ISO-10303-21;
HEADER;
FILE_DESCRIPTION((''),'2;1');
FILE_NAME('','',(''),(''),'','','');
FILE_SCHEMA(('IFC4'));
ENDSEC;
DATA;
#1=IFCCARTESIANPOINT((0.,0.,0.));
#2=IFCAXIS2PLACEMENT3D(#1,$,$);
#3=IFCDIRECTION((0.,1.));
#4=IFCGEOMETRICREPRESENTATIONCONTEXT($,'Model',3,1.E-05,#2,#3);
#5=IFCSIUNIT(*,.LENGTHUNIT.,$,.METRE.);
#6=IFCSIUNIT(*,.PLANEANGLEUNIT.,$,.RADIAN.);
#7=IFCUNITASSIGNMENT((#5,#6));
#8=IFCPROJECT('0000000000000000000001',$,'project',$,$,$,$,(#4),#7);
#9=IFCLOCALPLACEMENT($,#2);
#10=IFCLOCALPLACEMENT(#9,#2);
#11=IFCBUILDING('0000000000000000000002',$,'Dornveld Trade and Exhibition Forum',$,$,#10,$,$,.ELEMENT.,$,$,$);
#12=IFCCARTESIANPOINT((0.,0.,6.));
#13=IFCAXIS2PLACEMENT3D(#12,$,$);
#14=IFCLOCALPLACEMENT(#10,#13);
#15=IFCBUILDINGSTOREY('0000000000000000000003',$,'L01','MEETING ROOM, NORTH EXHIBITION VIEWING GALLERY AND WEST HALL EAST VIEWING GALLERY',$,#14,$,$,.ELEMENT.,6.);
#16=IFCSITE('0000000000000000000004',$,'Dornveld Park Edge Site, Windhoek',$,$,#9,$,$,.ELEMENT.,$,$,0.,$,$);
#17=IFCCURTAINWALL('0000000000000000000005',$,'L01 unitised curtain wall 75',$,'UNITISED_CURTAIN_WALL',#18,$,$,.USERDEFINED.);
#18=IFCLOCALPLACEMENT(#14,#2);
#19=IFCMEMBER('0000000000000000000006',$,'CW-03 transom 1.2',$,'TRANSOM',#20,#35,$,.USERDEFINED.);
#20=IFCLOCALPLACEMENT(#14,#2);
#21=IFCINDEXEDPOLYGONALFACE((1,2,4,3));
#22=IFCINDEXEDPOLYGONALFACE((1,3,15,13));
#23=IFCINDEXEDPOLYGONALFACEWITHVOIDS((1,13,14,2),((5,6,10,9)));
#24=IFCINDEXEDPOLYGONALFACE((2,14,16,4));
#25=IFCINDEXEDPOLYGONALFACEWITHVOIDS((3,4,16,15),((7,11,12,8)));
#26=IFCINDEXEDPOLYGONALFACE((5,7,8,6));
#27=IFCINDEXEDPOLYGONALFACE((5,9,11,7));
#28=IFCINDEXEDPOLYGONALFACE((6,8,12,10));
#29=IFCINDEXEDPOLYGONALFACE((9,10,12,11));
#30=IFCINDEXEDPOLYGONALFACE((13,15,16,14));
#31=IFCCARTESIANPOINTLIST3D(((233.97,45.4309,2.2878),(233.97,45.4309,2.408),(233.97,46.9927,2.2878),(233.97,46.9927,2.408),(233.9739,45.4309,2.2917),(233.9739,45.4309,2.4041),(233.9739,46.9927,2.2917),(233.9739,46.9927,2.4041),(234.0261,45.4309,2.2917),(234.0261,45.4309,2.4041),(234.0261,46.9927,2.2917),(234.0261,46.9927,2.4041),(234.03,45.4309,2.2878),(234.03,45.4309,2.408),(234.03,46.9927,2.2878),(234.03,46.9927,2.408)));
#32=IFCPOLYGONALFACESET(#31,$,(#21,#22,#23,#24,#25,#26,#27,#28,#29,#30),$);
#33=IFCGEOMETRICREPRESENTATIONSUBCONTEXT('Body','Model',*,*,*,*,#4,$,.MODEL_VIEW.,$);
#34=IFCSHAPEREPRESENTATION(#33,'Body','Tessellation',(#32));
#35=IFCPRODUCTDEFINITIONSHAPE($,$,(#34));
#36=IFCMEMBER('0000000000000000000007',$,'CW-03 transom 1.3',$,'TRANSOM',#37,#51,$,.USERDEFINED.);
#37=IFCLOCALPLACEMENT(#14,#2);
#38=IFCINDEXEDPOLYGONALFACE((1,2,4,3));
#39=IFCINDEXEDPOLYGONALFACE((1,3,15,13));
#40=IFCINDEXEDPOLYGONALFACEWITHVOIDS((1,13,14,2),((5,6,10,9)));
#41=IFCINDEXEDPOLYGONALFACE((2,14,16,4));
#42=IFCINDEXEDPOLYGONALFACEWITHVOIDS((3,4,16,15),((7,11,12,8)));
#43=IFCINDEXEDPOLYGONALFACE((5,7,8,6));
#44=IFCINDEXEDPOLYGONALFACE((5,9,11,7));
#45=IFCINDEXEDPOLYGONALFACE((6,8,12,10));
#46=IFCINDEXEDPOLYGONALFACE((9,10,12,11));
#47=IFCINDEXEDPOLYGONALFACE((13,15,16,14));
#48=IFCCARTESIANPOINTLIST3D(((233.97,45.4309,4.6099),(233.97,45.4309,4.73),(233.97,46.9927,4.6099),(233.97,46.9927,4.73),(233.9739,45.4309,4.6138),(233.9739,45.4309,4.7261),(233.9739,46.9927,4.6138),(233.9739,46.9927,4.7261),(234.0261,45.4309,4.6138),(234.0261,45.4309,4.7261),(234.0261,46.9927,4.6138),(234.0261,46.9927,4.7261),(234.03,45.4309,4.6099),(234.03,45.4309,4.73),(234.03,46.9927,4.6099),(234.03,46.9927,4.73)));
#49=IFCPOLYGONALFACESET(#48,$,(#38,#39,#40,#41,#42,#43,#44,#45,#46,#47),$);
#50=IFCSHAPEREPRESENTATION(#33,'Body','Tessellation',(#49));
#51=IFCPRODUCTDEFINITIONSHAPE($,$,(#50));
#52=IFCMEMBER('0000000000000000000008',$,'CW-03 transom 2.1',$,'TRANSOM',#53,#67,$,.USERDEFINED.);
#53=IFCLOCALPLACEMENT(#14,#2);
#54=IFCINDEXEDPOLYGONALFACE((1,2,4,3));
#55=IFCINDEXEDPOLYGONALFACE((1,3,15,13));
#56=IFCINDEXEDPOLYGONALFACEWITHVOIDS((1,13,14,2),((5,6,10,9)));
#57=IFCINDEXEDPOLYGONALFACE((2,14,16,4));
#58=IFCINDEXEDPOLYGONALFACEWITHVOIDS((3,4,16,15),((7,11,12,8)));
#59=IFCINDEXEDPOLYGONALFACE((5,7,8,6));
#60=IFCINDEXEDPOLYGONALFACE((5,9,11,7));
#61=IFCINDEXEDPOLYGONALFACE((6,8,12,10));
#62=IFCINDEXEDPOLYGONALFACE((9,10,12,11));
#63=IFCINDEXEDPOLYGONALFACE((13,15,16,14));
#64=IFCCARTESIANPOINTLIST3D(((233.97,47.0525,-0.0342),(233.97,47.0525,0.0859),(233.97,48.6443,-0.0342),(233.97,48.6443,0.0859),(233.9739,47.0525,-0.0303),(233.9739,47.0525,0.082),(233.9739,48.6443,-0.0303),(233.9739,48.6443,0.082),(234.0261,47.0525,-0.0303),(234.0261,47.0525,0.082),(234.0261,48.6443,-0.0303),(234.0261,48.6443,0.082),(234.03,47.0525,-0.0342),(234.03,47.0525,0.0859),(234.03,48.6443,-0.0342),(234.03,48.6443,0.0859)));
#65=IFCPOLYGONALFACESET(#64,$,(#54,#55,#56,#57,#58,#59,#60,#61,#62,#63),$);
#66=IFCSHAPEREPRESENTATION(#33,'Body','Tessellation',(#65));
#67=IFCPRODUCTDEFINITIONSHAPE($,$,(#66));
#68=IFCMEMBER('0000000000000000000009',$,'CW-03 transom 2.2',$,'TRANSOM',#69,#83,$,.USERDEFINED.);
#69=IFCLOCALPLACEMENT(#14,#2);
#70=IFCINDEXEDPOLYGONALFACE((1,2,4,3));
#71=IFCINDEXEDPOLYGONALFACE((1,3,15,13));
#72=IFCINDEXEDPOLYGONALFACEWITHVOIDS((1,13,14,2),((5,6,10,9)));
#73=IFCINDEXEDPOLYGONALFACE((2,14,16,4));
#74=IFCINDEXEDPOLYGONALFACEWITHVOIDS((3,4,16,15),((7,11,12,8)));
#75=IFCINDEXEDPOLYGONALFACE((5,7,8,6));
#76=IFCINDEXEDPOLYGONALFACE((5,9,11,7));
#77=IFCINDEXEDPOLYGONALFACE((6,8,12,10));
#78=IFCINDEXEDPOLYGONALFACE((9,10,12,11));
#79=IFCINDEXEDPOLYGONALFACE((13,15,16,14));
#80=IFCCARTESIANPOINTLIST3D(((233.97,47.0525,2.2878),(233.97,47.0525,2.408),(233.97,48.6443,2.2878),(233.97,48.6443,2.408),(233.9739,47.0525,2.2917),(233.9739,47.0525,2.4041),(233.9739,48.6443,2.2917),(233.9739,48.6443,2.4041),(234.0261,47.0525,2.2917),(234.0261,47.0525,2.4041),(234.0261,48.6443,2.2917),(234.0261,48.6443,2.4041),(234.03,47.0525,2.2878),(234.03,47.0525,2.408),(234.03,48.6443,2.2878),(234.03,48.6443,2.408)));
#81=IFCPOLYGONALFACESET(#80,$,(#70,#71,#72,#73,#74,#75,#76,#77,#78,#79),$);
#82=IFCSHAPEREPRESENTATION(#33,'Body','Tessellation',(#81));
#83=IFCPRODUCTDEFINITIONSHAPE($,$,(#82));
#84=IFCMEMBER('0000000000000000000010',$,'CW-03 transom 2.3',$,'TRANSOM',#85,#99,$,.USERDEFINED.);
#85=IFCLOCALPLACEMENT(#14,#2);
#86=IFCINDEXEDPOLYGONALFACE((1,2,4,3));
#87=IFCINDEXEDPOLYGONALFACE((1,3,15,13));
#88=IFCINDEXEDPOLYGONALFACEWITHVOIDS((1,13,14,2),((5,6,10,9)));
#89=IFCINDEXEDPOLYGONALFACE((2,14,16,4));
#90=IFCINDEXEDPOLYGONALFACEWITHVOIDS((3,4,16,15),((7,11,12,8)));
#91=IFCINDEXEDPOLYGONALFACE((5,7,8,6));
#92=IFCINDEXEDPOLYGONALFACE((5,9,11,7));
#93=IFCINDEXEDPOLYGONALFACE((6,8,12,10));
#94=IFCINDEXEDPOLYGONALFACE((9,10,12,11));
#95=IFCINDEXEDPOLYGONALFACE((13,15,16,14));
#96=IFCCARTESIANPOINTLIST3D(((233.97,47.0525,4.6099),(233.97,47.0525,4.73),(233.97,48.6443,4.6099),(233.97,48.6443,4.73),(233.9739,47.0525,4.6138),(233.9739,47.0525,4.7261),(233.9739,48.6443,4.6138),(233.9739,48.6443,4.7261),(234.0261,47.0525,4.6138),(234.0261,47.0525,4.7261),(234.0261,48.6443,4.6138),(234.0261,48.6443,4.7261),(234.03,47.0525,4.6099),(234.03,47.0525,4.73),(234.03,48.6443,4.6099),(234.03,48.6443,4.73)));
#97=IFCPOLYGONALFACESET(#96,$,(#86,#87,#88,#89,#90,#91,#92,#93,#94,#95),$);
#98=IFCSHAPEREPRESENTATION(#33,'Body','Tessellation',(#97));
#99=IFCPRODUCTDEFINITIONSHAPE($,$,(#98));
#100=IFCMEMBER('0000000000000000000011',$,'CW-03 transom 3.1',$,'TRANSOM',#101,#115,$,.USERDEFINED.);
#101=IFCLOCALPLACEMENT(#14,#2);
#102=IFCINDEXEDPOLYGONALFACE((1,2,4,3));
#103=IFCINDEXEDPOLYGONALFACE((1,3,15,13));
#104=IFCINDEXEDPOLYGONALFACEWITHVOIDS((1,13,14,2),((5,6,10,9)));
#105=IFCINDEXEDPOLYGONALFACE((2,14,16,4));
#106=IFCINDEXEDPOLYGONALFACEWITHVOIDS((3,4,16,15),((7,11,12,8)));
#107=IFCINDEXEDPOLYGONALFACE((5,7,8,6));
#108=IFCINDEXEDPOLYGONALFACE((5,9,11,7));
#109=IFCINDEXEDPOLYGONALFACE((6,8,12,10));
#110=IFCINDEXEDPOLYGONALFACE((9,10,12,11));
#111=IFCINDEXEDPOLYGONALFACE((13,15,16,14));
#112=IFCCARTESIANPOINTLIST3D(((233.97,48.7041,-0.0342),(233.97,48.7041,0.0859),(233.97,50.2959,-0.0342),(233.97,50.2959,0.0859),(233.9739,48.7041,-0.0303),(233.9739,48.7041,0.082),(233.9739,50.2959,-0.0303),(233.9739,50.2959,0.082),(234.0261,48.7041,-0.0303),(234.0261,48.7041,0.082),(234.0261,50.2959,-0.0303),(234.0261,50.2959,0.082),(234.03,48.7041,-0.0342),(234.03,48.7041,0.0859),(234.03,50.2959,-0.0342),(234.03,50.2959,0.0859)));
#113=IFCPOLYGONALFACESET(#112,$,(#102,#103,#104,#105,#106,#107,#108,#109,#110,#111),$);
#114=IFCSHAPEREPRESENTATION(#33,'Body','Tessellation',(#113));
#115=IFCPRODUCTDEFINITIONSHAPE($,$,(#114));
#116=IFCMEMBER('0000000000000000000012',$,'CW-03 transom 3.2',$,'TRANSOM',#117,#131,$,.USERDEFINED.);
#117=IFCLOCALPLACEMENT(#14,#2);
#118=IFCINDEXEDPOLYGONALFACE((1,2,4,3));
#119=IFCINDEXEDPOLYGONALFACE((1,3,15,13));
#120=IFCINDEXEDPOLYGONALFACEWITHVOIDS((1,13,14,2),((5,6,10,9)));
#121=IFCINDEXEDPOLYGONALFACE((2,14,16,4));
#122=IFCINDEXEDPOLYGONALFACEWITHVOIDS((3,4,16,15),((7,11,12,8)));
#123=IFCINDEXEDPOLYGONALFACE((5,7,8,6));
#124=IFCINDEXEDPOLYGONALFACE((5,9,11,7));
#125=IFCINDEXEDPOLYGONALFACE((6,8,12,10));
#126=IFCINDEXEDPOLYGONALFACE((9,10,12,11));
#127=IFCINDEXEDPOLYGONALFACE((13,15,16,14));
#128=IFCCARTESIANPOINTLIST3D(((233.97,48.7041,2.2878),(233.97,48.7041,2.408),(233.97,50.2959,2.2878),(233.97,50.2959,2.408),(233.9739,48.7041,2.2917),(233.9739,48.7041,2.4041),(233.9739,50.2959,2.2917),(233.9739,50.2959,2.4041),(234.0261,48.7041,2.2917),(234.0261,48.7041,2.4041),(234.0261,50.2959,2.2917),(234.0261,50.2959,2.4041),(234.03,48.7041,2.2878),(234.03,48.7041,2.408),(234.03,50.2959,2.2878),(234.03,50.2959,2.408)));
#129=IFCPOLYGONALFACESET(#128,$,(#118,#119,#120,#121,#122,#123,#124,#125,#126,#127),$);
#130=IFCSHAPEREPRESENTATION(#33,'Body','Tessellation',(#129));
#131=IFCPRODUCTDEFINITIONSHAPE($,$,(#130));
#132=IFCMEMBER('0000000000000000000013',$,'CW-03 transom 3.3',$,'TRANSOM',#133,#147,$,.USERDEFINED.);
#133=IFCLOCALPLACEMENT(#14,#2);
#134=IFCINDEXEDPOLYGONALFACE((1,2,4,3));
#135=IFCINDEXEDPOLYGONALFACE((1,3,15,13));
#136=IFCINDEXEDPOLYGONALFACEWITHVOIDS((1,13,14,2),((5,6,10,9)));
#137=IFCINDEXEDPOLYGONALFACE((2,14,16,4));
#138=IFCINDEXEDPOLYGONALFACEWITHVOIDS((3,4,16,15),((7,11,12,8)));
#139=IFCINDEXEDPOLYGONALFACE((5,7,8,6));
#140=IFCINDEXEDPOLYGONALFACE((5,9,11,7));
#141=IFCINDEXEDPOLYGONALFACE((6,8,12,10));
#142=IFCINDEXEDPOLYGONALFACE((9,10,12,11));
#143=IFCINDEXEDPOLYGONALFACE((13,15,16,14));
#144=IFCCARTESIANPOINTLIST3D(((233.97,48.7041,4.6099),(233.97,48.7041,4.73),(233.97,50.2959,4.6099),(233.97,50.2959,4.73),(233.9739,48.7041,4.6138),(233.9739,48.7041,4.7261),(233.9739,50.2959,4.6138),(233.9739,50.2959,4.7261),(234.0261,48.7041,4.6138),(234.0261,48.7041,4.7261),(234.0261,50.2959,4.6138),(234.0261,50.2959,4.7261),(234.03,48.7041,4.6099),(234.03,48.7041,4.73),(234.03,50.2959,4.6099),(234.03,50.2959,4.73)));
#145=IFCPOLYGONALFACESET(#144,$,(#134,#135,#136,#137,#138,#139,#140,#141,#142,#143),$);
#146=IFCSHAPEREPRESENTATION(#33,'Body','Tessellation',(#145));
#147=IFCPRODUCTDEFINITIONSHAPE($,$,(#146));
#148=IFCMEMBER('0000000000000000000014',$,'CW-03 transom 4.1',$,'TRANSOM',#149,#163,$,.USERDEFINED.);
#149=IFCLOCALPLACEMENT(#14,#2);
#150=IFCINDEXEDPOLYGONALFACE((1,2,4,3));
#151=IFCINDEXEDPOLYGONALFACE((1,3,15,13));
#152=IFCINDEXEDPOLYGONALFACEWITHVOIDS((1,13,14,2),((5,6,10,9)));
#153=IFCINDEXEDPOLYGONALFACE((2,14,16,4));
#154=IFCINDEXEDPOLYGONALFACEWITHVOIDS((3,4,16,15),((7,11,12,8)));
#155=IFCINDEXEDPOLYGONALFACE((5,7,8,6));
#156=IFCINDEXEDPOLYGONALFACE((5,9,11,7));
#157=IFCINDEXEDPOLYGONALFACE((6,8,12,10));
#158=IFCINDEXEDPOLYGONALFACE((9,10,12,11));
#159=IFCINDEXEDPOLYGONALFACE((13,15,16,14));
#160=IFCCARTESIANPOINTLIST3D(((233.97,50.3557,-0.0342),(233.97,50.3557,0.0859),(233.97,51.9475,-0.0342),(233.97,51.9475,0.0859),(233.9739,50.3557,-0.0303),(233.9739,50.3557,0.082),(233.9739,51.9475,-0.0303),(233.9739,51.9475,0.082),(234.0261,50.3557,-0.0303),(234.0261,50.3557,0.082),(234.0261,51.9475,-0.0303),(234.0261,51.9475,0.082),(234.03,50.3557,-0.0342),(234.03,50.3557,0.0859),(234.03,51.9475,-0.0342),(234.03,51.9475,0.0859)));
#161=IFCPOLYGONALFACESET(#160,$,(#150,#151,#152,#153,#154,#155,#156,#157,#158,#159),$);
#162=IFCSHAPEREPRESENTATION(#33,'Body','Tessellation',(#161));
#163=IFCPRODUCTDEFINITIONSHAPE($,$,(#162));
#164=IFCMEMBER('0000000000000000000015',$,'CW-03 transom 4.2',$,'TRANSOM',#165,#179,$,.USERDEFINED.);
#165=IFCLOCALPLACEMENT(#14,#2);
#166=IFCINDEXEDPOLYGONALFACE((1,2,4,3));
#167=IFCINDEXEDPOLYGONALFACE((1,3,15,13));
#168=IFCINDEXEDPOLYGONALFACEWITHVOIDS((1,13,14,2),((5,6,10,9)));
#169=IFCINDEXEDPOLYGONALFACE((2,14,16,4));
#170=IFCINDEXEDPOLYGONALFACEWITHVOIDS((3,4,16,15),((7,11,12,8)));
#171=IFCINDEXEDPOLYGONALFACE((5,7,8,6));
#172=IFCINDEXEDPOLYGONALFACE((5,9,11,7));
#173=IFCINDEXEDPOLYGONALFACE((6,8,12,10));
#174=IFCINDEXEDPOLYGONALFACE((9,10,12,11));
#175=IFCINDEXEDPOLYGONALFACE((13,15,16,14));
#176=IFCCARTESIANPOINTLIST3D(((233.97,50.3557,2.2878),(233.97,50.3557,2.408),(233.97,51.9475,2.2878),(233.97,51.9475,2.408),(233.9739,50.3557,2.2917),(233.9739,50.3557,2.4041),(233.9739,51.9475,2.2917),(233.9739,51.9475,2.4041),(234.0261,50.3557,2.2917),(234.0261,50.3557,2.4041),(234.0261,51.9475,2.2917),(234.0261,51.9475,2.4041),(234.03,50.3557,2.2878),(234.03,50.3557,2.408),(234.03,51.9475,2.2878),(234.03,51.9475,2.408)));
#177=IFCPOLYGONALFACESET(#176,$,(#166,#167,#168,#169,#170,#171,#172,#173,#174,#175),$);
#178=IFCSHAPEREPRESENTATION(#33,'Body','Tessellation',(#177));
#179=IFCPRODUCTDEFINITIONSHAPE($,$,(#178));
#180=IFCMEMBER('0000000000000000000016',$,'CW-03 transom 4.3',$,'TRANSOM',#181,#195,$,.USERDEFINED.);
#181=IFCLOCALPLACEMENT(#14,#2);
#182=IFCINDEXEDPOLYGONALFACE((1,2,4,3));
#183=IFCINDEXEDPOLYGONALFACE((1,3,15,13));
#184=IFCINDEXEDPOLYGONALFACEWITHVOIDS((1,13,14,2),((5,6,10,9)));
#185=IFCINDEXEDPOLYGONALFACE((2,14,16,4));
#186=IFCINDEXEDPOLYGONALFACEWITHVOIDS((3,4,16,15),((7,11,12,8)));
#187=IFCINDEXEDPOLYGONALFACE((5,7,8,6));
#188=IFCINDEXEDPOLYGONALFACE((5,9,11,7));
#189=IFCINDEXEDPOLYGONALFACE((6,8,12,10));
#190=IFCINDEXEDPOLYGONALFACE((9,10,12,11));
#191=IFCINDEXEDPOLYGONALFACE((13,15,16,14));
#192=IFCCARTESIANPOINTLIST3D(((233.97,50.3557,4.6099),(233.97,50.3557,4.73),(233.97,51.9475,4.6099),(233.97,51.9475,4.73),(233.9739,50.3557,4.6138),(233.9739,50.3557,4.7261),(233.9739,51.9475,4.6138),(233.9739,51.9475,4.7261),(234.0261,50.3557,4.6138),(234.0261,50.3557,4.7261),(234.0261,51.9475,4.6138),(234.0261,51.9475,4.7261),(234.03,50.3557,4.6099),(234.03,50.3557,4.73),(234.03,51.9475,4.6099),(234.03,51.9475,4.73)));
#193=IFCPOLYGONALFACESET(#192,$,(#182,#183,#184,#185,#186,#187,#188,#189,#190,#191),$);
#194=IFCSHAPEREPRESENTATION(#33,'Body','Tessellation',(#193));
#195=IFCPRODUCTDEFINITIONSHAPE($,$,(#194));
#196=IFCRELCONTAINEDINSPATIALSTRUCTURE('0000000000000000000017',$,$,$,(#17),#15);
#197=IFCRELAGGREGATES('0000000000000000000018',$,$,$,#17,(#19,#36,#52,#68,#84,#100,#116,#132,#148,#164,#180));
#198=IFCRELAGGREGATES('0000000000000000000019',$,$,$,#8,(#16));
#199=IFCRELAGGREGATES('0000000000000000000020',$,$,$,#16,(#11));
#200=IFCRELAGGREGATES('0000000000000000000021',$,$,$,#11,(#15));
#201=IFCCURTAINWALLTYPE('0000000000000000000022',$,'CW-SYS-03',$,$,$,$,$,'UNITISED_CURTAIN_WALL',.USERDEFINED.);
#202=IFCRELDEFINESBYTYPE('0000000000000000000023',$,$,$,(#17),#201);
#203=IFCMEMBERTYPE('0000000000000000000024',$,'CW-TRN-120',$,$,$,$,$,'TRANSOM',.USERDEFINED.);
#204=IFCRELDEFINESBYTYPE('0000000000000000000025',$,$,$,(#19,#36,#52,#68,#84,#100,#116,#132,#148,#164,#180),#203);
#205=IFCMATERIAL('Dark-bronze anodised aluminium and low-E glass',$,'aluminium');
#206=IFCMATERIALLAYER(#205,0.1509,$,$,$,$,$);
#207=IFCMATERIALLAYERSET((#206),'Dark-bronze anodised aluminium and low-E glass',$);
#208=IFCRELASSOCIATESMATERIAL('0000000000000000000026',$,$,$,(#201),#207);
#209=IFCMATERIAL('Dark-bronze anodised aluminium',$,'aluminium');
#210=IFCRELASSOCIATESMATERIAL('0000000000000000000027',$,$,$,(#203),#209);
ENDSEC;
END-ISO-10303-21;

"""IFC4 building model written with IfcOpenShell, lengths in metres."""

from ifc_helpers import new_model, si_unit, direction, frame, origin, origin_2d, place, context, subcontext, project, spatial, hollow_rectangle, extrude, material, layer, layer_set, material_profile, profile_set, type_object, element, aggregate, save


model = new_model("IFC4")

# Units and contexts
model_context = context("Model", 3, precision=1e-05, world=origin(), true_north=direction((0.0, 1.0)))
body_context = subcontext(model_context, "Body", "Model", "MODEL_VIEW")
ifc_project = project(units=[si_unit("LENGTHUNIT", "METRE"), si_unit("PLANEANGLEUNIT", "RADIAN")], contexts=[model_context])

# Site, building, storey
site_placement = place(None, origin())
site = spatial("IfcSite", under=ifc_project, at=site_placement, Name="Dornveld Park Edge Site, Windhoek", CompositionType="ELEMENT", RefElevation=0.0)
building_placement = place(site_placement, origin())
building = spatial("IfcBuilding", under=site, at=building_placement, Name="Dornveld Trade and Exhibition Forum", CompositionType="ELEMENT")
storey_placement = place(building_placement, frame((0.0, 0.0, 6.0)))
storey = spatial("IfcBuildingStorey", under=building, at=storey_placement, Name="L01", Description="MEETING ROOM, NORTH EXHIBITION VIEWING GALLERY AND WEST HALL EAST VIEWING GALLERY", CompositionType="ELEMENT", Elevation=6.0)

# Curtain wall
ifc_material_1 = material(Name="Dark-bronze anodised aluminium and low-E glass", Category="aluminium")
ifc_layer_1 = layer(ifc_material_1, 0.1509)
ifc_layer_set_1 = layer_set([ifc_layer_1], Name="Dark-bronze anodised aluminium and low-E glass")
curtain_wall_type_1 = type_object("IfcCurtainWallType", Name="CW-SYS-03", ElementType="UNITISED_CURTAIN_WALL", PredefinedType="USERDEFINED", material=ifc_layer_set_1)
curtain_wall_1_placement = place(storey_placement, origin())
curtain_wall_1 = element("IfcCurtainWall", 1, at=curtain_wall_1_placement, inside=storey, type_object=curtain_wall_type_1, Name="L01 unitised curtain wall 75", ObjectType="UNITISED_CURTAIN_WALL", PredefinedType="USERDEFINED")

# Members
ifc_material_2 = material(Name="Dark-bronze anodised aluminium", Category="aluminium")
ifc_material_profile_1 = material_profile(ifc_material_2, hollow_rectangle(XDim=0.0601, YDim=0.1201, WallThickness=0.0039, at=origin_2d()), Name="RHS 120x60x4")
ifc_profile_set_1 = profile_set([ifc_material_profile_1], Name="Dark-bronze anodised aluminium")
member_type_1 = type_object("IfcMemberType", Name="CW-TRN-120", ElementType="TRANSOM", PredefinedType="USERDEFINED", material=ifc_profile_set_1)
member_1_placement = place(storey_placement, frame((234.0, 45.4309, 2.3479), z_axis=(0.0, 1.0, 0.0), x_axis=(-1.0, 0.0, 0.0)))
member_1 = element("IfcMember", 2, at=member_1_placement, type_object=member_type_1, Name="CW-03 transom 1.2", ObjectType="TRANSOM", PredefinedType="USERDEFINED", context=body_context, shape_type="SweptSolid", body=[
    extrude(hollow_rectangle(XDim=0.0601, YDim=0.1201, WallThickness=0.0039, at=origin_2d()), origin(), (0.0, 0.0, 1.0), 1.5618),
])
member_2_placement = place(storey_placement, frame((234.0, 45.4309, 4.6699), z_axis=(0.0, 1.0, 0.0), x_axis=(-1.0, 0.0, 0.0)))
member_2 = element("IfcMember", 3, at=member_2_placement, type_object=member_type_1, Name="CW-03 transom 1.3", ObjectType="TRANSOM", PredefinedType="USERDEFINED", context=body_context, shape_type="SweptSolid", body=[
    extrude(hollow_rectangle(XDim=0.0601, YDim=0.1201, WallThickness=0.0039, at=origin_2d()), origin(), (0.0, 0.0, 1.0), 1.5618),
])
member_3_placement = place(storey_placement, frame((234.0, 47.0525, 0.0259), z_axis=(0.0, 1.0, 0.0), x_axis=(-1.0, 0.0, 0.0)))
member_3 = element("IfcMember", 4, at=member_3_placement, type_object=member_type_1, Name="CW-03 transom 2.1", ObjectType="TRANSOM", PredefinedType="USERDEFINED", context=body_context, shape_type="SweptSolid", body=[
    extrude(hollow_rectangle(XDim=0.0601, YDim=0.1201, WallThickness=0.0039, at=origin_2d()), origin(), (0.0, 0.0, 1.0), 1.5918),
])
member_4_placement = place(storey_placement, frame((234.0, 47.0525, 2.3479), z_axis=(0.0, 1.0, 0.0), x_axis=(-1.0, 0.0, 0.0)))
member_4 = element("IfcMember", 5, at=member_4_placement, type_object=member_type_1, Name="CW-03 transom 2.2", ObjectType="TRANSOM", PredefinedType="USERDEFINED", context=body_context, shape_type="SweptSolid", body=[
    extrude(hollow_rectangle(XDim=0.0601, YDim=0.1201, WallThickness=0.0039, at=origin_2d()), origin(), (0.0, 0.0, 1.0), 1.5918),
])
member_5_placement = place(storey_placement, frame((234.0, 47.0525, 4.6699), z_axis=(0.0, 1.0, 0.0), x_axis=(-1.0, 0.0, 0.0)))
member_5 = element("IfcMember", 6, at=member_5_placement, type_object=member_type_1, Name="CW-03 transom 2.3", ObjectType="TRANSOM", PredefinedType="USERDEFINED", context=body_context, shape_type="SweptSolid", body=[
    extrude(hollow_rectangle(XDim=0.0601, YDim=0.1201, WallThickness=0.0039, at=origin_2d()), origin(), (0.0, 0.0, 1.0), 1.5918),
])
member_6_placement = place(storey_placement, frame((234.0, 48.7041, 0.0259), z_axis=(0.0, 1.0, 0.0), x_axis=(-1.0, 0.0, 0.0)))
member_6 = element("IfcMember", 7, at=member_6_placement, type_object=member_type_1, Name="CW-03 transom 3.1", ObjectType="TRANSOM", PredefinedType="USERDEFINED", context=body_context, shape_type="SweptSolid", body=[
    extrude(hollow_rectangle(XDim=0.0601, YDim=0.1201, WallThickness=0.0039, at=origin_2d()), origin(), (0.0, 0.0, 1.0), 1.5918),
])
member_7_placement = place(storey_placement, frame((234.0, 48.7041, 2.3479), z_axis=(0.0, 1.0, 0.0), x_axis=(-1.0, 0.0, 0.0)))
member_7 = element("IfcMember", 8, at=member_7_placement, type_object=member_type_1, Name="CW-03 transom 3.2", ObjectType="TRANSOM", PredefinedType="USERDEFINED", context=body_context, shape_type="SweptSolid", body=[
    extrude(hollow_rectangle(XDim=0.0601, YDim=0.1201, WallThickness=0.0039, at=origin_2d()), origin(), (0.0, 0.0, 1.0), 1.5918),
])
member_8_placement = place(storey_placement, frame((234.0, 48.7041, 4.6699), z_axis=(0.0, 1.0, 0.0), x_axis=(-1.0, 0.0, 0.0)))
member_8 = element("IfcMember", 9, at=member_8_placement, type_object=member_type_1, Name="CW-03 transom 3.3", ObjectType="TRANSOM", PredefinedType="USERDEFINED", context=body_context, shape_type="SweptSolid", body=[
    extrude(hollow_rectangle(XDim=0.0601, YDim=0.1201, WallThickness=0.0039, at=origin_2d()), origin(), (0.0, 0.0, 1.0), 1.5918),
])
member_9_placement = place(storey_placement, frame((234.0, 50.3557, 0.0259), z_axis=(0.0, 1.0, 0.0), x_axis=(-1.0, 0.0, 0.0)))
member_9 = element("IfcMember", 10, at=member_9_placement, type_object=member_type_1, Name="CW-03 transom 4.1", ObjectType="TRANSOM", PredefinedType="USERDEFINED", context=body_context, shape_type="SweptSolid", body=[
    extrude(hollow_rectangle(XDim=0.0601, YDim=0.1201, WallThickness=0.0039, at=origin_2d()), origin(), (0.0, 0.0, 1.0), 1.5918),
])
member_10_placement = place(storey_placement, frame((234.0, 50.3557, 2.3479), z_axis=(0.0, 1.0, 0.0), x_axis=(-1.0, 0.0, 0.0)))
member_10 = element("IfcMember", 11, at=member_10_placement, type_object=member_type_1, Name="CW-03 transom 4.2", ObjectType="TRANSOM", PredefinedType="USERDEFINED", context=body_context, shape_type="SweptSolid", body=[
    extrude(hollow_rectangle(XDim=0.0601, YDim=0.1201, WallThickness=0.0039, at=origin_2d()), origin(), (0.0, 0.0, 1.0), 1.5918),
])
member_11_placement = place(storey_placement, frame((234.0, 50.3557, 4.6699), z_axis=(0.0, 1.0, 0.0), x_axis=(-1.0, 0.0, 0.0)))
member_11 = element("IfcMember", 12, at=member_11_placement, type_object=member_type_1, Name="CW-03 transom 4.3", ObjectType="TRANSOM", PredefinedType="USERDEFINED", context=body_context, shape_type="SweptSolid", body=[
    extrude(hollow_rectangle(XDim=0.0601, YDim=0.1201, WallThickness=0.0039, at=origin_2d()), origin(), (0.0, 0.0, 1.0), 1.5918),
])

aggregate(curtain_wall_1, [member_1, member_2, member_3, member_4, member_5, member_6, member_7, member_8, member_9, member_10, member_11])

save(model, "model.ifc")
